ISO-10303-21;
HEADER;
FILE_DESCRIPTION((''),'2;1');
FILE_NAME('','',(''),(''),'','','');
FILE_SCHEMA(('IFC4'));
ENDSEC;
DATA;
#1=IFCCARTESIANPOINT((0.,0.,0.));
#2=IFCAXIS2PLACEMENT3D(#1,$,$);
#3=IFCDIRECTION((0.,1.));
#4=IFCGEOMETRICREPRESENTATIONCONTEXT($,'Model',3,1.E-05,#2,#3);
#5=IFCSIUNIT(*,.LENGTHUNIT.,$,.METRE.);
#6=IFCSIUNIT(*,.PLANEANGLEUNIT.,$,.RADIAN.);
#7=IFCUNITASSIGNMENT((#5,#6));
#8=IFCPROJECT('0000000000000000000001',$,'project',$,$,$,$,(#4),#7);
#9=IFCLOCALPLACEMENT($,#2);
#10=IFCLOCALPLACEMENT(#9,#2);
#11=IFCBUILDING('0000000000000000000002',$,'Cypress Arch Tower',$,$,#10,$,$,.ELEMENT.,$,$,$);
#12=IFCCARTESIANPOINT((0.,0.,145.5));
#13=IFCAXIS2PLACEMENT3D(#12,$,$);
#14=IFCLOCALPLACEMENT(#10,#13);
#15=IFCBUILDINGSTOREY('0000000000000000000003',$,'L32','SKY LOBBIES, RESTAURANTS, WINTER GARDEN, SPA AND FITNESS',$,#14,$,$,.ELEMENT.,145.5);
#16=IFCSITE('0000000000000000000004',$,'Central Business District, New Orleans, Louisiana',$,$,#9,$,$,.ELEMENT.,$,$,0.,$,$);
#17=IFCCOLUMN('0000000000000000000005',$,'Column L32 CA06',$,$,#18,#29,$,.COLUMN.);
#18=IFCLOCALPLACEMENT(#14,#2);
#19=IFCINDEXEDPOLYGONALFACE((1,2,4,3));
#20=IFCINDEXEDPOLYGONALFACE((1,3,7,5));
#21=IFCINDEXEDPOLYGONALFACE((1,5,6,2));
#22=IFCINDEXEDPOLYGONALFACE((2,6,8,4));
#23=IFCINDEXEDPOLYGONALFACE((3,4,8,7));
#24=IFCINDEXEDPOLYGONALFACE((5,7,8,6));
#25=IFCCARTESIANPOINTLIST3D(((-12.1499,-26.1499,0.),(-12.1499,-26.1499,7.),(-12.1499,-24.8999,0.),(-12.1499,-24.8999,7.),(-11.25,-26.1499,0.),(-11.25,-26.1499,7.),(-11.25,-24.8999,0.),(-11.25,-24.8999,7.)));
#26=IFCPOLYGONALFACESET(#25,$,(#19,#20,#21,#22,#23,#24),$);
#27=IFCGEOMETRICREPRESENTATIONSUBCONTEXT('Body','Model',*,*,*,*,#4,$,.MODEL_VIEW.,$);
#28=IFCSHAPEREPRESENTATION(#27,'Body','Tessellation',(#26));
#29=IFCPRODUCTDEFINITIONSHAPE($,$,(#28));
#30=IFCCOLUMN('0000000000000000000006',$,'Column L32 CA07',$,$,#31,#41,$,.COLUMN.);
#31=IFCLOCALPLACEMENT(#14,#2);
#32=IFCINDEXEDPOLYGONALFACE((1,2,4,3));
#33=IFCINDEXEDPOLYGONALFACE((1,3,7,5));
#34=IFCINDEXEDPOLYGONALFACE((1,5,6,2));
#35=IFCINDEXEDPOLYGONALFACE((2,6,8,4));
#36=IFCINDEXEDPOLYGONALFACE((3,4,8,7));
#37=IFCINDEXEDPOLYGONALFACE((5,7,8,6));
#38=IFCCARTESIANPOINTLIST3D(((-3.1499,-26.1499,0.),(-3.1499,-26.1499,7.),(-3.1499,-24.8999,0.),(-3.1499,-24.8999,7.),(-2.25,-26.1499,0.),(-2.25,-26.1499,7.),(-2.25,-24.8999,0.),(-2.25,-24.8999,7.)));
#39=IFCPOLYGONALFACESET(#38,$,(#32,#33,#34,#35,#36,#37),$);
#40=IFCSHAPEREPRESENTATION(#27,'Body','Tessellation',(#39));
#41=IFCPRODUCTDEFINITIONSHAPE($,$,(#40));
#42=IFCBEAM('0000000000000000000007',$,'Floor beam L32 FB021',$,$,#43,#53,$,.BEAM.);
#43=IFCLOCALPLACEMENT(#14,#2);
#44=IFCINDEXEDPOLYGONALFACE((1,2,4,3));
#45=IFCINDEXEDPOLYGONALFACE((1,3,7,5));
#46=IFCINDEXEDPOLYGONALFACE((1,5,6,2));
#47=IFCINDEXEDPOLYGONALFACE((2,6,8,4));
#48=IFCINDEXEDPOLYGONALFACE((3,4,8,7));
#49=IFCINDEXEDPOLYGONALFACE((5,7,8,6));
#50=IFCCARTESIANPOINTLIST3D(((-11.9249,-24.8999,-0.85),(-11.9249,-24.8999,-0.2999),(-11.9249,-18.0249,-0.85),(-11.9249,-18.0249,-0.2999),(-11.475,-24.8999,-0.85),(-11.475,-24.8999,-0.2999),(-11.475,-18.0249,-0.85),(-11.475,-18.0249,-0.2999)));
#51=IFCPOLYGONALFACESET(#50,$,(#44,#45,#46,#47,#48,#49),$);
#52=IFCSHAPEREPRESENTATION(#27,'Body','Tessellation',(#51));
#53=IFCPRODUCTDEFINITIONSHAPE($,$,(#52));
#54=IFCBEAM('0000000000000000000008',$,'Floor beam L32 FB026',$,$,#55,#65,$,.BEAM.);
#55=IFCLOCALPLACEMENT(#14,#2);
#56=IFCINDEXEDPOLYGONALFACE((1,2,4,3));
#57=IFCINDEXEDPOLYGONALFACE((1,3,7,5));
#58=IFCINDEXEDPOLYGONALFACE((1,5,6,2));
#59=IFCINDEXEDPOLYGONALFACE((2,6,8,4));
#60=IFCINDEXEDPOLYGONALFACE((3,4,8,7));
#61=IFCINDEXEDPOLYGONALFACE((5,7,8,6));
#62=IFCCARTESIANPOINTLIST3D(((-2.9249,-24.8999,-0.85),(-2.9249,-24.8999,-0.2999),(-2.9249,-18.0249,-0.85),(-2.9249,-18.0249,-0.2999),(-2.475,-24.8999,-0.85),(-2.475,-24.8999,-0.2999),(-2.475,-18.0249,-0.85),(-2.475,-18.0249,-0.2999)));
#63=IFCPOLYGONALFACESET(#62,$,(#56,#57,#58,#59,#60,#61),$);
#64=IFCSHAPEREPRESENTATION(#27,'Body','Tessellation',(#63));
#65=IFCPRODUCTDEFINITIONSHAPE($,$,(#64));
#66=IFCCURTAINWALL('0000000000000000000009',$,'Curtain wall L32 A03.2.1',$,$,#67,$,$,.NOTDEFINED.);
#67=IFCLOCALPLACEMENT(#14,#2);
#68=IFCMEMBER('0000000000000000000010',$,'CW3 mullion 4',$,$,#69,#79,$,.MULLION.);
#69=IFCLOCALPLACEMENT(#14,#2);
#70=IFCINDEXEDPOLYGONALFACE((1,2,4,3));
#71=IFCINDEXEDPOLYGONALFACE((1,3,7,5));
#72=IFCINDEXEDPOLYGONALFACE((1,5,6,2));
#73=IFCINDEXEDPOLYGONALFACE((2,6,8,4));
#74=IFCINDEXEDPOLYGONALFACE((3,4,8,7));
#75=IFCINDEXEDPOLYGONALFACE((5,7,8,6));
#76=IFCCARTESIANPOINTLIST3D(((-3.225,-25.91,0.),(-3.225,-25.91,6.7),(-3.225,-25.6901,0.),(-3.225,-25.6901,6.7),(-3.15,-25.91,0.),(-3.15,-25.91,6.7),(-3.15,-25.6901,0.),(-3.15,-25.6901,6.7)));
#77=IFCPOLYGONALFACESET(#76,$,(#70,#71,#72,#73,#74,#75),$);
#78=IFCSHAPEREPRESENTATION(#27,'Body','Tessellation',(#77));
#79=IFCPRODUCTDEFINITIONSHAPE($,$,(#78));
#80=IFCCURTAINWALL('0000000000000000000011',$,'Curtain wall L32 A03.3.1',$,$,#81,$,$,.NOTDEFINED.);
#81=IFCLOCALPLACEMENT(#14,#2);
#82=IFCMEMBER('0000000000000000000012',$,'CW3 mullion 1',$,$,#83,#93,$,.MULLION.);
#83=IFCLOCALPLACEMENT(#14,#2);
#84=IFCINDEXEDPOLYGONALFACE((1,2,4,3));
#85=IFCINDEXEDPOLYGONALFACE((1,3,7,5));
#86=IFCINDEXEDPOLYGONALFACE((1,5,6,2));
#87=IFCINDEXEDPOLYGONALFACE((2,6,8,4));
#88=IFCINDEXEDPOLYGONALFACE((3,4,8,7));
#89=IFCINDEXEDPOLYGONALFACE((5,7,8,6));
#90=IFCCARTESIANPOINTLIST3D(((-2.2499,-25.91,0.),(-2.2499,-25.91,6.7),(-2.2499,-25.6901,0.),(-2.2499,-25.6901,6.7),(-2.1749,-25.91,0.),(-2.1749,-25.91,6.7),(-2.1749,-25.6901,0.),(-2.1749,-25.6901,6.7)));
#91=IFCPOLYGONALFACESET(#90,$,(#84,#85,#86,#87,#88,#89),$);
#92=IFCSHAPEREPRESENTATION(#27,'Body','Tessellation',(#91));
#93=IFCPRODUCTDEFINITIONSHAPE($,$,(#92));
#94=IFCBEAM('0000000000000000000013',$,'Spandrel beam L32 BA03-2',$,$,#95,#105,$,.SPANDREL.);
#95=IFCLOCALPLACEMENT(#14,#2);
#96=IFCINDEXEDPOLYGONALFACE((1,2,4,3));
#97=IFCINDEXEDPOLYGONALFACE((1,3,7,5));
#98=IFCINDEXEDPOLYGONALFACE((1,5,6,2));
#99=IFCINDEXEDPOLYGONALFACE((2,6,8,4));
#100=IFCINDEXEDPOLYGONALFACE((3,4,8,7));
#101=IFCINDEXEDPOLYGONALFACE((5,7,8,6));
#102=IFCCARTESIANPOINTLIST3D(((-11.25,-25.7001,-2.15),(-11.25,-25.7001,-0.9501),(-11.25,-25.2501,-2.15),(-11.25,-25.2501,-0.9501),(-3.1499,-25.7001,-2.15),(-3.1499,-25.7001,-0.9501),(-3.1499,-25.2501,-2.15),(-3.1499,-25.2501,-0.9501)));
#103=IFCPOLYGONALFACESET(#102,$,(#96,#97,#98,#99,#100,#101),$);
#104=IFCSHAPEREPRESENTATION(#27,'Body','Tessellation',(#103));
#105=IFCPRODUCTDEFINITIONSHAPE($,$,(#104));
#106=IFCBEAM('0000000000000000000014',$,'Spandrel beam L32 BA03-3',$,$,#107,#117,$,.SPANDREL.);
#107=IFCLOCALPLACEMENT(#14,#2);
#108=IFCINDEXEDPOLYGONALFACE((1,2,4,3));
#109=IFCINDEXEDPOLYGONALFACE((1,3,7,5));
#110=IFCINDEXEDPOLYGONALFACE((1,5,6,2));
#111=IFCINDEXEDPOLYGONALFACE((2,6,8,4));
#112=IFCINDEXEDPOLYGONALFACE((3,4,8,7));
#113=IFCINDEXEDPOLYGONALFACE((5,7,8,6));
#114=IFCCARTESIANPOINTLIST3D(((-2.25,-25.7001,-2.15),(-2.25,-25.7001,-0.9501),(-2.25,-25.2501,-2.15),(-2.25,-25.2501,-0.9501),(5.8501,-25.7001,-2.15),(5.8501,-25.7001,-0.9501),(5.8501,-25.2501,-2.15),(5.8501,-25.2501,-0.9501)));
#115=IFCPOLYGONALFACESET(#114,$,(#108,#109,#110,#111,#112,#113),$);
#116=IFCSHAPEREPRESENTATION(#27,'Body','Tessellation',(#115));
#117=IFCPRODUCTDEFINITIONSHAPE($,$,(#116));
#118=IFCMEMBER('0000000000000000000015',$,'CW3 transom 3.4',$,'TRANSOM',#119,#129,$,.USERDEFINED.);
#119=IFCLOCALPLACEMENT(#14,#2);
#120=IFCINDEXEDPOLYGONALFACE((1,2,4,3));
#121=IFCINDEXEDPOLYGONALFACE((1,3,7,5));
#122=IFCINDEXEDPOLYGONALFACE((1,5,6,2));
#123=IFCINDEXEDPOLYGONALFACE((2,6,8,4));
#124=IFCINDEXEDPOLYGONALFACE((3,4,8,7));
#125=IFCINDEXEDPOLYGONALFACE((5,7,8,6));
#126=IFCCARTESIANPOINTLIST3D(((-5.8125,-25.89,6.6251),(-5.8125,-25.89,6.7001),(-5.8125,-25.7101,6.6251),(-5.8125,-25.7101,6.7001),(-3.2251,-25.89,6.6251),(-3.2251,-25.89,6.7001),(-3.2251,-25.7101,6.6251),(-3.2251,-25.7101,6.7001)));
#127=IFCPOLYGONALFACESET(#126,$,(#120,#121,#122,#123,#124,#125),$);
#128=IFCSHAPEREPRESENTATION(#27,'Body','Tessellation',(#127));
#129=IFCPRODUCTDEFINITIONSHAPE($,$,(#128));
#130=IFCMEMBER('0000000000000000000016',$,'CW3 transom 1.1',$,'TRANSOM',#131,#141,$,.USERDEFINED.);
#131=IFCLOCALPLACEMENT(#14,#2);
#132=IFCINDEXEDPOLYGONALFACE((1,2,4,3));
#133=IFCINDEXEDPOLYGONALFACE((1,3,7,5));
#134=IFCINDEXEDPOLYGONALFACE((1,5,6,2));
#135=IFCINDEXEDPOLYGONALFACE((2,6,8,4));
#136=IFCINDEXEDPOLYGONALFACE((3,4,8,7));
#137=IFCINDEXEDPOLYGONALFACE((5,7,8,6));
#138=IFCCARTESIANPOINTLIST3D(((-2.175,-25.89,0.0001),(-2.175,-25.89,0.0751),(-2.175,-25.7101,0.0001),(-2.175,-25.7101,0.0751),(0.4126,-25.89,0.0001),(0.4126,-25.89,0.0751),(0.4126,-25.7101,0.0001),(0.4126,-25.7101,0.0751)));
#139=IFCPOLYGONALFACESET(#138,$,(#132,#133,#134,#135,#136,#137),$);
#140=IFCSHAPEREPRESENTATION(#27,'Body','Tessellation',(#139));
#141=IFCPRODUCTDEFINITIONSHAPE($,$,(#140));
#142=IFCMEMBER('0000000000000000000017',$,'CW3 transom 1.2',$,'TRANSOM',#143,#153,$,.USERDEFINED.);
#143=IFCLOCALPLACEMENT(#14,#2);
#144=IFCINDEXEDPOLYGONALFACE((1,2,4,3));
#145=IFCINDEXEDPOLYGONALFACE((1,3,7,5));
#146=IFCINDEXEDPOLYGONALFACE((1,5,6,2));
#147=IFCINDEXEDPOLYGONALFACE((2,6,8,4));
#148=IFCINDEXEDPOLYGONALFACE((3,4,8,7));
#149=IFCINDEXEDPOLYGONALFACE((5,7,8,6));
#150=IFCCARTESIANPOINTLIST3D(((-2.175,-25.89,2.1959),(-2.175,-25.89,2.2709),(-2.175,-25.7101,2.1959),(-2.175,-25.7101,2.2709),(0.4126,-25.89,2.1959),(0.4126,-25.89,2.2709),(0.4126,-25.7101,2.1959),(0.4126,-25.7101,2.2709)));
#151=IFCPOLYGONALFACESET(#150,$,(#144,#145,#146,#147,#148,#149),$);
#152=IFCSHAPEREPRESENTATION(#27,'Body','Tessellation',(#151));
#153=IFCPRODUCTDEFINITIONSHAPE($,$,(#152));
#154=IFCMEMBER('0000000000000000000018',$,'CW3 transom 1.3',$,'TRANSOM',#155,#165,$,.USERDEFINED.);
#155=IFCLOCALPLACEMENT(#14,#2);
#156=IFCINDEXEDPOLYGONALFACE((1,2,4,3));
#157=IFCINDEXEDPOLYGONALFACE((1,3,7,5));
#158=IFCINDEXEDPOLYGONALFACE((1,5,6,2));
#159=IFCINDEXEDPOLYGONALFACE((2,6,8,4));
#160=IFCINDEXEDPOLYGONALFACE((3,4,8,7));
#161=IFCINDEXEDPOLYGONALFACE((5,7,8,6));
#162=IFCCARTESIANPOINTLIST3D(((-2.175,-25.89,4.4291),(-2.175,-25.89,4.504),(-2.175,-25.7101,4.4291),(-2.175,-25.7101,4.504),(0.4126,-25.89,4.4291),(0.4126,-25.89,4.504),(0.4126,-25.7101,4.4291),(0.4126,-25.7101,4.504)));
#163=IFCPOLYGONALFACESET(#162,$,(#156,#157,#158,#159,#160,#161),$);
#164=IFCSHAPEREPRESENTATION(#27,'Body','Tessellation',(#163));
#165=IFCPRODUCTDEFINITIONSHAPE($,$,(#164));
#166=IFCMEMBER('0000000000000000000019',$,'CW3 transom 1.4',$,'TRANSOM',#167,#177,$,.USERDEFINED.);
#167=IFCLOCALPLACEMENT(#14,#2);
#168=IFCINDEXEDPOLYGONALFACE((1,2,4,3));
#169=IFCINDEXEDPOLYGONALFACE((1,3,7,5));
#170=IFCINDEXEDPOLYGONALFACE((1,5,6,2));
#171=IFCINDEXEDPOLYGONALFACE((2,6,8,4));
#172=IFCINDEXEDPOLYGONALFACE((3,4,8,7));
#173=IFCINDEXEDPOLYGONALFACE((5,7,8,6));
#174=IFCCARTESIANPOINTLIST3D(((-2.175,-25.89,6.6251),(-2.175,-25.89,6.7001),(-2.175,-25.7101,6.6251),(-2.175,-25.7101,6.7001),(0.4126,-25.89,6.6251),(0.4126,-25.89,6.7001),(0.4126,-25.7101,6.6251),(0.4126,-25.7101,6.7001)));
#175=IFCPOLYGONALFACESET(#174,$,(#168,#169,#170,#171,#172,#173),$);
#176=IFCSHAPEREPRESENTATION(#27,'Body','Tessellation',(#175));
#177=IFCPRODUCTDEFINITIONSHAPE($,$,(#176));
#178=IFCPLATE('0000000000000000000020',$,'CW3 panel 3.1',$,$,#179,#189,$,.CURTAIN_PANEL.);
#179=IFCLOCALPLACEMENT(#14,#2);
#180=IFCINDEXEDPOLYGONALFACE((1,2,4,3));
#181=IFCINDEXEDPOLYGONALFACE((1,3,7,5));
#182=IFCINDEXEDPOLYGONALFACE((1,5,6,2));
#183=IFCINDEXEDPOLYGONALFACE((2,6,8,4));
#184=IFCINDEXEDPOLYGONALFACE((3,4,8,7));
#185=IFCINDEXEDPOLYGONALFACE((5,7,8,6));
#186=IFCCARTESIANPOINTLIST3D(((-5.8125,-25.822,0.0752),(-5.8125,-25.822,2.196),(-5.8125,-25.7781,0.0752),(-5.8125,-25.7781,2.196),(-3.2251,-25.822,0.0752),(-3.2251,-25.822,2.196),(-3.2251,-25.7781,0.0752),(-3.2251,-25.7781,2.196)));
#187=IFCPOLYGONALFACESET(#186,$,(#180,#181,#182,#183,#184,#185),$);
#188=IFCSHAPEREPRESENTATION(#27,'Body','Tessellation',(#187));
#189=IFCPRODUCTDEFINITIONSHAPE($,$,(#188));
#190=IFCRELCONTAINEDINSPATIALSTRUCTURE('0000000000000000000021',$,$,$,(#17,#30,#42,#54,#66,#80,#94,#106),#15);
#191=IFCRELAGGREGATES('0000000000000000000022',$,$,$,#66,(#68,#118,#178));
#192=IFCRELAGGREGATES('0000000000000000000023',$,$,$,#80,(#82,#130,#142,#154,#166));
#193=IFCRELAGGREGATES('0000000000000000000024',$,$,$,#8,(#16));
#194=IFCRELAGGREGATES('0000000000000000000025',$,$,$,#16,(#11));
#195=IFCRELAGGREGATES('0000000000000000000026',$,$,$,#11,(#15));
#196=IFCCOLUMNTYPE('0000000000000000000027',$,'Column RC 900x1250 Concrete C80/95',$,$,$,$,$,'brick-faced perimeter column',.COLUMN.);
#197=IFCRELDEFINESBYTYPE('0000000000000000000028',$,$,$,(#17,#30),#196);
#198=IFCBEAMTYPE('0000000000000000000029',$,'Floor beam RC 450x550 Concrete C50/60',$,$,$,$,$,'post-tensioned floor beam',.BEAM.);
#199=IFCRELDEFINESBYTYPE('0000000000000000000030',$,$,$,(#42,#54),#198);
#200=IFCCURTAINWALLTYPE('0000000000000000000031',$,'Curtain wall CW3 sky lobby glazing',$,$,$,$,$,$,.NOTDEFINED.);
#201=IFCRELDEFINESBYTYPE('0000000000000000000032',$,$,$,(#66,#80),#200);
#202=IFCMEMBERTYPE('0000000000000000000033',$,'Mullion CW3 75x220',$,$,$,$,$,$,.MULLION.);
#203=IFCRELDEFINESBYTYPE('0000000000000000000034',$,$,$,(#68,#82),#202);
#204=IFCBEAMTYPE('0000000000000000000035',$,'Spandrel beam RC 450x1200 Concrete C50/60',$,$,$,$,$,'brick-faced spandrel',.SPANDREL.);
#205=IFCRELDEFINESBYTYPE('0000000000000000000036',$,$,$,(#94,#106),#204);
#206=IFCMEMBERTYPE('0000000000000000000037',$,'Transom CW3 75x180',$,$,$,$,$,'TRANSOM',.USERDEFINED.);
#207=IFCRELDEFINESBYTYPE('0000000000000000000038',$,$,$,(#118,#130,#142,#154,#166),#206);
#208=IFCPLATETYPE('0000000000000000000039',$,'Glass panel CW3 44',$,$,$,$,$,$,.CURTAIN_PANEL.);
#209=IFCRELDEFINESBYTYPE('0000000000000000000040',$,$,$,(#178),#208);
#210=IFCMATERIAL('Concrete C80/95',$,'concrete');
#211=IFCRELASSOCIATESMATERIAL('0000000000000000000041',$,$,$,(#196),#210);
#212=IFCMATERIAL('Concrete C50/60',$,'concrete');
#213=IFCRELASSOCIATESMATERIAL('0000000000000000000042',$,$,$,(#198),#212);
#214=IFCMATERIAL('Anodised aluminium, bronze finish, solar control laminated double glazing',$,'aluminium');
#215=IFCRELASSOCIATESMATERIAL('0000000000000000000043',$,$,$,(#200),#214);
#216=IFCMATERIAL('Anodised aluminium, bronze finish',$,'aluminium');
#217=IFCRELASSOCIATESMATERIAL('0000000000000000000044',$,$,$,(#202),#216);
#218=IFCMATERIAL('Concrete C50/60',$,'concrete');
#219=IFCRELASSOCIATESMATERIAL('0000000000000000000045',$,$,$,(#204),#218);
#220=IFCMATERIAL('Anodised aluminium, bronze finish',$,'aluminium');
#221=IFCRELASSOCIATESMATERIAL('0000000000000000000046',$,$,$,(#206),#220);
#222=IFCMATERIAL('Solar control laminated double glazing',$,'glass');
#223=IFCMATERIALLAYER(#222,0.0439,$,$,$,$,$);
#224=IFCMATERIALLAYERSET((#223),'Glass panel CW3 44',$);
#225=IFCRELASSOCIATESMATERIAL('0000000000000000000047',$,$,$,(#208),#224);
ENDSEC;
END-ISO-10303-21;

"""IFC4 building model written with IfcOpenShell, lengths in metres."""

from ifc_helpers import new_model, si_unit, direction, frame, origin, origin_2d, place, context, subcontext, project, spatial, rectangle, extrude, material, layer, layer_set, material_profile, profile_set, type_object, element, aggregate, save


model = new_model("IFC4")

# Units and contexts
model_context = context("Model", 3, precision=1e-05, world=origin(), true_north=direction((0.0, 1.0)))
body_context = subcontext(model_context, "Body", "Model", "MODEL_VIEW")
ifc_project = project(units=[si_unit("LENGTHUNIT", "METRE"), si_unit("PLANEANGLEUNIT", "RADIAN")], contexts=[model_context])

# Site, building, storey
site_placement = place(None, origin())
site = spatial("IfcSite", under=ifc_project, at=site_placement, Name="Central Business District, New Orleans, Louisiana", CompositionType="ELEMENT", RefElevation=0.0)
building_placement = place(site_placement, origin())
building = spatial("IfcBuilding", under=site, at=building_placement, Name="Cypress Arch Tower", CompositionType="ELEMENT")
storey_placement = place(building_placement, frame((0.0, 0.0, 145.5)))
storey = spatial("IfcBuildingStorey", under=building, at=storey_placement, Name="L32", Description="SKY LOBBIES, RESTAURANTS, WINTER GARDEN, SPA AND FITNESS", CompositionType="ELEMENT", Elevation=145.5)

# Columns
ifc_material_1 = material(Name="Concrete C80/95", Category="concrete")
ifc_material_profile_1 = material_profile(ifc_material_1, rectangle(XDim=0.8999, YDim=1.25, at=origin_2d()), Name="RC 900x1250")
ifc_profile_set_1 = profile_set([ifc_material_profile_1], Name="Concrete C80/95")
column_type = type_object("IfcColumnType", Name="Column RC 900x1250 Concrete C80/95", ElementType="brick-faced perimeter column", PredefinedType="COLUMN", material=ifc_profile_set_1)
for number, where, z_axis, x_axis, name in (
    (1, (-11.7, -25.5249, 0.0), (0.0, 0.0, 1.0), (1.0, 0.0, 0.0), "Column L32 CA06"),
    (2, (-2.7, -25.5249, 0.0), (0.0, 0.0, 1.0), (1.0, 0.0, 0.0), "Column L32 CA07"),
):
    element("IfcColumn", number, at=place(storey_placement, frame(where, z_axis=z_axis, x_axis=x_axis)), inside=storey, type_object=column_type, Name=name, PredefinedType="COLUMN", context=body_context, shape_type="SweptSolid", body=[
        extrude(rectangle(XDim=0.8999, YDim=1.25, at=origin_2d()), origin(), (0.0, 0.0, 1.0), 7.0),
    ])

# Beams
ifc_material_2 = material(Name="Concrete C50/60", Category="concrete")
ifc_material_profile_2 = material_profile(ifc_material_2, rectangle(XDim=0.45, YDim=0.55, at=origin_2d()), Name="RC 450x550")
ifc_profile_set_2 = profile_set([ifc_material_profile_2], Name="Concrete C50/60")
beam_type_1 = type_object("IfcBeamType", Name="Floor beam RC 450x550 Concrete C50/60", ElementType="post-tensioned floor beam", PredefinedType="BEAM", material=ifc_profile_set_2)
for number, where, z_axis, x_axis, name in (
    (3, (-11.7, -24.8999, -0.575), (0.0, 1.0, 0.0), (-1.0, 0.0, 0.0), "Floor beam L32 FB021"),
    (4, (-2.7, -24.8999, -0.575), (0.0, 1.0, 0.0), (-1.0, 0.0, 0.0), "Floor beam L32 FB026"),
):
    element("IfcBeam", number, at=place(storey_placement, frame(where, z_axis=z_axis, x_axis=x_axis)), inside=storey, type_object=beam_type_1, Name=name, PredefinedType="BEAM", context=body_context, shape_type="SweptSolid", body=[
        extrude(rectangle(XDim=0.45, YDim=0.55, at=origin_2d()), origin(), (0.0, 0.0, 1.0), 6.875),
    ])

# Curtain walls, members
ifc_material_3 = material(Name="Anodised aluminium, bronze finish, solar control laminated double glazing", Category="aluminium")
curtain_wall_type = type_object("IfcCurtainWallType", Name="Curtain wall CW3 sky lobby glazing", PredefinedType="NOTDEFINED", material=ifc_material_3)
curtain_wall_1_placement = place(storey_placement, origin())
curtain_wall_1 = element("IfcCurtainWall", 5, at=curtain_wall_1_placement, inside=storey, type_object=curtain_wall_type, Name="Curtain wall L32 A03.2.1", PredefinedType="NOTDEFINED")
ifc_material_4 = material(Name="Anodised aluminium, bronze finish", Category="aluminium")
ifc_material_profile_3 = material_profile(ifc_material_4, rectangle(XDim=0.22, YDim=0.075, at=origin_2d()), Name="Mullion 75x220")
ifc_profile_set_3 = profile_set([ifc_material_profile_3], Name="Anodised aluminium, bronze finish")
member_type_1 = type_object("IfcMemberType", Name="Mullion CW3 75x220", PredefinedType="MULLION", material=ifc_profile_set_3)
member_1_placement = place(storey_placement, frame((-3.1875, -25.8, 0.0), z_axis=(0.0, 0.0, 1.0), x_axis=(0.0, 1.0, 0.0)))
member_1 = element("IfcMember", 6, at=member_1_placement, type_object=member_type_1, Name="CW3 mullion 4", PredefinedType="MULLION", context=body_context, shape_type="SweptSolid", body=[
    extrude(rectangle(XDim=0.22, YDim=0.075, at=origin_2d()), origin(), (0.0, 0.0, 1.0), 6.7),
])
curtain_wall_2_placement = place(storey_placement, origin())
curtain_wall_2 = element("IfcCurtainWall", 7, at=curtain_wall_2_placement, inside=storey, type_object=curtain_wall_type, Name="Curtain wall L32 A03.3.1", PredefinedType="NOTDEFINED")
member_2_placement = place(storey_placement, frame((-2.2124, -25.8, 0.0), z_axis=(0.0, 0.0, 1.0), x_axis=(0.0, 1.0, 0.0)))
member_2 = element("IfcMember", 8, at=member_2_placement, type_object=member_type_1, Name="CW3 mullion 1", PredefinedType="MULLION", context=body_context, shape_type="SweptSolid", body=[
    extrude(rectangle(XDim=0.22, YDim=0.075, at=origin_2d()), origin(), (0.0, 0.0, 1.0), 6.7),
])

# Beams
ifc_material_5 = material(Name="Concrete C50/60", Category="concrete")
ifc_material_profile_4 = material_profile(ifc_material_5, rectangle(XDim=0.45, YDim=1.2, at=origin_2d()), Name="RC 450x1200")
ifc_profile_set_4 = profile_set([ifc_material_profile_4], Name="Concrete C50/60")
beam_type_2 = type_object("IfcBeamType", Name="Spandrel beam RC 450x1200 Concrete C50/60", ElementType="brick-faced spandrel", PredefinedType="SPANDREL", material=ifc_profile_set_4)
for number, where, z_axis, x_axis, name in (
    (9, (-11.25, -25.4751, -1.55), (1.0, 0.0, 0.0), (0.0, 1.0, 0.0), "Spandrel beam L32 BA03-2"),
    (10, (-2.25, -25.4751, -1.55), (1.0, 0.0, 0.0), (0.0, 1.0, 0.0), "Spandrel beam L32 BA03-3"),
):
    element("IfcBeam", number, at=place(storey_placement, frame(where, z_axis=z_axis, x_axis=x_axis)), inside=storey, type_object=beam_type_2, Name=name, PredefinedType="SPANDREL", context=body_context, shape_type="SweptSolid", body=[
        extrude(rectangle(XDim=0.45, YDim=1.2, at=origin_2d()), origin(), (0.0, 0.0, 1.0), 8.1001),
    ])

# Members
ifc_material_6 = material(Name="Anodised aluminium, bronze finish", Category="aluminium")
ifc_material_profile_5 = material_profile(ifc_material_6, rectangle(XDim=0.1799, YDim=0.075, at=origin_2d()), Name="Transom 75x180")
ifc_profile_set_5 = profile_set([ifc_material_profile_5], Name="Anodised aluminium, bronze finish")
member_type_2 = type_object("IfcMemberType", Name="Transom CW3 75x180", ElementType="TRANSOM", PredefinedType="USERDEFINED", material=ifc_profile_set_5)
member_3_placement = place(storey_placement, frame((-5.8125, -25.8, 6.6626), z_axis=(1.0, 0.0, 0.0), x_axis=(0.0, 1.0, 0.0)))
member_3 = element("IfcMember", 11, at=member_3_placement, type_object=member_type_2, Name="CW3 transom 3.4", ObjectType="TRANSOM", PredefinedType="USERDEFINED", context=body_context, shape_type="SweptSolid", body=[
    extrude(rectangle(XDim=0.1799, YDim=0.075, at=origin_2d()), origin(), (0.0, 0.0, 1.0), 2.5874),
])
member_4_placement = place(storey_placement, frame((-2.175, -25.8, 0.0376), z_axis=(1.0, 0.0, 0.0), x_axis=(0.0, 1.0, 0.0)))
member_4 = element("IfcMember", 12, at=member_4_placement, type_object=member_type_2, Name="CW3 transom 1.1", ObjectType="TRANSOM", PredefinedType="USERDEFINED", context=body_context, shape_type="SweptSolid", body=[
    extrude(rectangle(XDim=0.1799, YDim=0.075, at=origin_2d()), origin(), (0.0, 0.0, 1.0), 2.5876),
])
member_5_placement = place(storey_placement, frame((-2.175, -25.8, 2.2334), z_axis=(1.0, 0.0, 0.0), x_axis=(0.0, 1.0, 0.0)))
member_5 = element("IfcMember", 13, at=member_5_placement, type_object=member_type_2, Name="CW3 transom 1.2", ObjectType="TRANSOM", PredefinedType="USERDEFINED", context=body_context, shape_type="SweptSolid", body=[
    extrude(rectangle(XDim=0.1799, YDim=0.075, at=origin_2d()), origin(), (0.0, 0.0, 1.0), 2.5876),
])
member_6_placement = place(storey_placement, frame((-2.175, -25.8, 4.4666), z_axis=(1.0, 0.0, 0.0), x_axis=(0.0, 1.0, 0.0)))
member_6 = element("IfcMember", 14, at=member_6_placement, type_object=member_type_2, Name="CW3 transom 1.3", ObjectType="TRANSOM", PredefinedType="USERDEFINED", context=body_context, shape_type="SweptSolid", body=[
    extrude(rectangle(XDim=0.1799, YDim=0.075, at=origin_2d()), origin(), (0.0, 0.0, 1.0), 2.5876),
])
member_7_placement = place(storey_placement, frame((-2.175, -25.8, 6.6626), z_axis=(1.0, 0.0, 0.0), x_axis=(0.0, 1.0, 0.0)))
member_7 = element("IfcMember", 15, at=member_7_placement, type_object=member_type_2, Name="CW3 transom 1.4", ObjectType="TRANSOM", PredefinedType="USERDEFINED", context=body_context, shape_type="SweptSolid", body=[
    extrude(rectangle(XDim=0.1799, YDim=0.075, at=origin_2d()), origin(), (0.0, 0.0, 1.0), 2.5876),
])

# Plate
ifc_material_7 = material(Name="Solar control laminated double glazing", Category="glass")
ifc_layer_1 = layer(ifc_material_7, 0.0439)
ifc_layer_set_1 = layer_set([ifc_layer_1], Name="Glass panel CW3 44")
plate_type = type_object("IfcPlateType", Name="Glass panel CW3 44", PredefinedType="CURTAIN_PANEL", material=ifc_layer_set_1)
plate_1_placement = place(storey_placement, frame((-4.5188, -25.8, 0.0752), z_axis=(0.0, 0.0, 1.0), x_axis=(1.0, 0.0, 0.0)))
plate_1 = element("IfcPlate", 16, at=plate_1_placement, type_object=plate_type, Name="CW3 panel 3.1", PredefinedType="CURTAIN_PANEL", context=body_context, shape_type="SweptSolid", body=[
    extrude(rectangle(XDim=2.5874, YDim=0.0439, at=origin_2d()), origin(), (0.0, 0.0, 1.0), 2.1208),
])
aggregate(curtain_wall_1, [member_1, member_3, plate_1])
aggregate(curtain_wall_2, [member_2, member_4, member_5, member_6, member_7])

save(model, "model.ifc")
